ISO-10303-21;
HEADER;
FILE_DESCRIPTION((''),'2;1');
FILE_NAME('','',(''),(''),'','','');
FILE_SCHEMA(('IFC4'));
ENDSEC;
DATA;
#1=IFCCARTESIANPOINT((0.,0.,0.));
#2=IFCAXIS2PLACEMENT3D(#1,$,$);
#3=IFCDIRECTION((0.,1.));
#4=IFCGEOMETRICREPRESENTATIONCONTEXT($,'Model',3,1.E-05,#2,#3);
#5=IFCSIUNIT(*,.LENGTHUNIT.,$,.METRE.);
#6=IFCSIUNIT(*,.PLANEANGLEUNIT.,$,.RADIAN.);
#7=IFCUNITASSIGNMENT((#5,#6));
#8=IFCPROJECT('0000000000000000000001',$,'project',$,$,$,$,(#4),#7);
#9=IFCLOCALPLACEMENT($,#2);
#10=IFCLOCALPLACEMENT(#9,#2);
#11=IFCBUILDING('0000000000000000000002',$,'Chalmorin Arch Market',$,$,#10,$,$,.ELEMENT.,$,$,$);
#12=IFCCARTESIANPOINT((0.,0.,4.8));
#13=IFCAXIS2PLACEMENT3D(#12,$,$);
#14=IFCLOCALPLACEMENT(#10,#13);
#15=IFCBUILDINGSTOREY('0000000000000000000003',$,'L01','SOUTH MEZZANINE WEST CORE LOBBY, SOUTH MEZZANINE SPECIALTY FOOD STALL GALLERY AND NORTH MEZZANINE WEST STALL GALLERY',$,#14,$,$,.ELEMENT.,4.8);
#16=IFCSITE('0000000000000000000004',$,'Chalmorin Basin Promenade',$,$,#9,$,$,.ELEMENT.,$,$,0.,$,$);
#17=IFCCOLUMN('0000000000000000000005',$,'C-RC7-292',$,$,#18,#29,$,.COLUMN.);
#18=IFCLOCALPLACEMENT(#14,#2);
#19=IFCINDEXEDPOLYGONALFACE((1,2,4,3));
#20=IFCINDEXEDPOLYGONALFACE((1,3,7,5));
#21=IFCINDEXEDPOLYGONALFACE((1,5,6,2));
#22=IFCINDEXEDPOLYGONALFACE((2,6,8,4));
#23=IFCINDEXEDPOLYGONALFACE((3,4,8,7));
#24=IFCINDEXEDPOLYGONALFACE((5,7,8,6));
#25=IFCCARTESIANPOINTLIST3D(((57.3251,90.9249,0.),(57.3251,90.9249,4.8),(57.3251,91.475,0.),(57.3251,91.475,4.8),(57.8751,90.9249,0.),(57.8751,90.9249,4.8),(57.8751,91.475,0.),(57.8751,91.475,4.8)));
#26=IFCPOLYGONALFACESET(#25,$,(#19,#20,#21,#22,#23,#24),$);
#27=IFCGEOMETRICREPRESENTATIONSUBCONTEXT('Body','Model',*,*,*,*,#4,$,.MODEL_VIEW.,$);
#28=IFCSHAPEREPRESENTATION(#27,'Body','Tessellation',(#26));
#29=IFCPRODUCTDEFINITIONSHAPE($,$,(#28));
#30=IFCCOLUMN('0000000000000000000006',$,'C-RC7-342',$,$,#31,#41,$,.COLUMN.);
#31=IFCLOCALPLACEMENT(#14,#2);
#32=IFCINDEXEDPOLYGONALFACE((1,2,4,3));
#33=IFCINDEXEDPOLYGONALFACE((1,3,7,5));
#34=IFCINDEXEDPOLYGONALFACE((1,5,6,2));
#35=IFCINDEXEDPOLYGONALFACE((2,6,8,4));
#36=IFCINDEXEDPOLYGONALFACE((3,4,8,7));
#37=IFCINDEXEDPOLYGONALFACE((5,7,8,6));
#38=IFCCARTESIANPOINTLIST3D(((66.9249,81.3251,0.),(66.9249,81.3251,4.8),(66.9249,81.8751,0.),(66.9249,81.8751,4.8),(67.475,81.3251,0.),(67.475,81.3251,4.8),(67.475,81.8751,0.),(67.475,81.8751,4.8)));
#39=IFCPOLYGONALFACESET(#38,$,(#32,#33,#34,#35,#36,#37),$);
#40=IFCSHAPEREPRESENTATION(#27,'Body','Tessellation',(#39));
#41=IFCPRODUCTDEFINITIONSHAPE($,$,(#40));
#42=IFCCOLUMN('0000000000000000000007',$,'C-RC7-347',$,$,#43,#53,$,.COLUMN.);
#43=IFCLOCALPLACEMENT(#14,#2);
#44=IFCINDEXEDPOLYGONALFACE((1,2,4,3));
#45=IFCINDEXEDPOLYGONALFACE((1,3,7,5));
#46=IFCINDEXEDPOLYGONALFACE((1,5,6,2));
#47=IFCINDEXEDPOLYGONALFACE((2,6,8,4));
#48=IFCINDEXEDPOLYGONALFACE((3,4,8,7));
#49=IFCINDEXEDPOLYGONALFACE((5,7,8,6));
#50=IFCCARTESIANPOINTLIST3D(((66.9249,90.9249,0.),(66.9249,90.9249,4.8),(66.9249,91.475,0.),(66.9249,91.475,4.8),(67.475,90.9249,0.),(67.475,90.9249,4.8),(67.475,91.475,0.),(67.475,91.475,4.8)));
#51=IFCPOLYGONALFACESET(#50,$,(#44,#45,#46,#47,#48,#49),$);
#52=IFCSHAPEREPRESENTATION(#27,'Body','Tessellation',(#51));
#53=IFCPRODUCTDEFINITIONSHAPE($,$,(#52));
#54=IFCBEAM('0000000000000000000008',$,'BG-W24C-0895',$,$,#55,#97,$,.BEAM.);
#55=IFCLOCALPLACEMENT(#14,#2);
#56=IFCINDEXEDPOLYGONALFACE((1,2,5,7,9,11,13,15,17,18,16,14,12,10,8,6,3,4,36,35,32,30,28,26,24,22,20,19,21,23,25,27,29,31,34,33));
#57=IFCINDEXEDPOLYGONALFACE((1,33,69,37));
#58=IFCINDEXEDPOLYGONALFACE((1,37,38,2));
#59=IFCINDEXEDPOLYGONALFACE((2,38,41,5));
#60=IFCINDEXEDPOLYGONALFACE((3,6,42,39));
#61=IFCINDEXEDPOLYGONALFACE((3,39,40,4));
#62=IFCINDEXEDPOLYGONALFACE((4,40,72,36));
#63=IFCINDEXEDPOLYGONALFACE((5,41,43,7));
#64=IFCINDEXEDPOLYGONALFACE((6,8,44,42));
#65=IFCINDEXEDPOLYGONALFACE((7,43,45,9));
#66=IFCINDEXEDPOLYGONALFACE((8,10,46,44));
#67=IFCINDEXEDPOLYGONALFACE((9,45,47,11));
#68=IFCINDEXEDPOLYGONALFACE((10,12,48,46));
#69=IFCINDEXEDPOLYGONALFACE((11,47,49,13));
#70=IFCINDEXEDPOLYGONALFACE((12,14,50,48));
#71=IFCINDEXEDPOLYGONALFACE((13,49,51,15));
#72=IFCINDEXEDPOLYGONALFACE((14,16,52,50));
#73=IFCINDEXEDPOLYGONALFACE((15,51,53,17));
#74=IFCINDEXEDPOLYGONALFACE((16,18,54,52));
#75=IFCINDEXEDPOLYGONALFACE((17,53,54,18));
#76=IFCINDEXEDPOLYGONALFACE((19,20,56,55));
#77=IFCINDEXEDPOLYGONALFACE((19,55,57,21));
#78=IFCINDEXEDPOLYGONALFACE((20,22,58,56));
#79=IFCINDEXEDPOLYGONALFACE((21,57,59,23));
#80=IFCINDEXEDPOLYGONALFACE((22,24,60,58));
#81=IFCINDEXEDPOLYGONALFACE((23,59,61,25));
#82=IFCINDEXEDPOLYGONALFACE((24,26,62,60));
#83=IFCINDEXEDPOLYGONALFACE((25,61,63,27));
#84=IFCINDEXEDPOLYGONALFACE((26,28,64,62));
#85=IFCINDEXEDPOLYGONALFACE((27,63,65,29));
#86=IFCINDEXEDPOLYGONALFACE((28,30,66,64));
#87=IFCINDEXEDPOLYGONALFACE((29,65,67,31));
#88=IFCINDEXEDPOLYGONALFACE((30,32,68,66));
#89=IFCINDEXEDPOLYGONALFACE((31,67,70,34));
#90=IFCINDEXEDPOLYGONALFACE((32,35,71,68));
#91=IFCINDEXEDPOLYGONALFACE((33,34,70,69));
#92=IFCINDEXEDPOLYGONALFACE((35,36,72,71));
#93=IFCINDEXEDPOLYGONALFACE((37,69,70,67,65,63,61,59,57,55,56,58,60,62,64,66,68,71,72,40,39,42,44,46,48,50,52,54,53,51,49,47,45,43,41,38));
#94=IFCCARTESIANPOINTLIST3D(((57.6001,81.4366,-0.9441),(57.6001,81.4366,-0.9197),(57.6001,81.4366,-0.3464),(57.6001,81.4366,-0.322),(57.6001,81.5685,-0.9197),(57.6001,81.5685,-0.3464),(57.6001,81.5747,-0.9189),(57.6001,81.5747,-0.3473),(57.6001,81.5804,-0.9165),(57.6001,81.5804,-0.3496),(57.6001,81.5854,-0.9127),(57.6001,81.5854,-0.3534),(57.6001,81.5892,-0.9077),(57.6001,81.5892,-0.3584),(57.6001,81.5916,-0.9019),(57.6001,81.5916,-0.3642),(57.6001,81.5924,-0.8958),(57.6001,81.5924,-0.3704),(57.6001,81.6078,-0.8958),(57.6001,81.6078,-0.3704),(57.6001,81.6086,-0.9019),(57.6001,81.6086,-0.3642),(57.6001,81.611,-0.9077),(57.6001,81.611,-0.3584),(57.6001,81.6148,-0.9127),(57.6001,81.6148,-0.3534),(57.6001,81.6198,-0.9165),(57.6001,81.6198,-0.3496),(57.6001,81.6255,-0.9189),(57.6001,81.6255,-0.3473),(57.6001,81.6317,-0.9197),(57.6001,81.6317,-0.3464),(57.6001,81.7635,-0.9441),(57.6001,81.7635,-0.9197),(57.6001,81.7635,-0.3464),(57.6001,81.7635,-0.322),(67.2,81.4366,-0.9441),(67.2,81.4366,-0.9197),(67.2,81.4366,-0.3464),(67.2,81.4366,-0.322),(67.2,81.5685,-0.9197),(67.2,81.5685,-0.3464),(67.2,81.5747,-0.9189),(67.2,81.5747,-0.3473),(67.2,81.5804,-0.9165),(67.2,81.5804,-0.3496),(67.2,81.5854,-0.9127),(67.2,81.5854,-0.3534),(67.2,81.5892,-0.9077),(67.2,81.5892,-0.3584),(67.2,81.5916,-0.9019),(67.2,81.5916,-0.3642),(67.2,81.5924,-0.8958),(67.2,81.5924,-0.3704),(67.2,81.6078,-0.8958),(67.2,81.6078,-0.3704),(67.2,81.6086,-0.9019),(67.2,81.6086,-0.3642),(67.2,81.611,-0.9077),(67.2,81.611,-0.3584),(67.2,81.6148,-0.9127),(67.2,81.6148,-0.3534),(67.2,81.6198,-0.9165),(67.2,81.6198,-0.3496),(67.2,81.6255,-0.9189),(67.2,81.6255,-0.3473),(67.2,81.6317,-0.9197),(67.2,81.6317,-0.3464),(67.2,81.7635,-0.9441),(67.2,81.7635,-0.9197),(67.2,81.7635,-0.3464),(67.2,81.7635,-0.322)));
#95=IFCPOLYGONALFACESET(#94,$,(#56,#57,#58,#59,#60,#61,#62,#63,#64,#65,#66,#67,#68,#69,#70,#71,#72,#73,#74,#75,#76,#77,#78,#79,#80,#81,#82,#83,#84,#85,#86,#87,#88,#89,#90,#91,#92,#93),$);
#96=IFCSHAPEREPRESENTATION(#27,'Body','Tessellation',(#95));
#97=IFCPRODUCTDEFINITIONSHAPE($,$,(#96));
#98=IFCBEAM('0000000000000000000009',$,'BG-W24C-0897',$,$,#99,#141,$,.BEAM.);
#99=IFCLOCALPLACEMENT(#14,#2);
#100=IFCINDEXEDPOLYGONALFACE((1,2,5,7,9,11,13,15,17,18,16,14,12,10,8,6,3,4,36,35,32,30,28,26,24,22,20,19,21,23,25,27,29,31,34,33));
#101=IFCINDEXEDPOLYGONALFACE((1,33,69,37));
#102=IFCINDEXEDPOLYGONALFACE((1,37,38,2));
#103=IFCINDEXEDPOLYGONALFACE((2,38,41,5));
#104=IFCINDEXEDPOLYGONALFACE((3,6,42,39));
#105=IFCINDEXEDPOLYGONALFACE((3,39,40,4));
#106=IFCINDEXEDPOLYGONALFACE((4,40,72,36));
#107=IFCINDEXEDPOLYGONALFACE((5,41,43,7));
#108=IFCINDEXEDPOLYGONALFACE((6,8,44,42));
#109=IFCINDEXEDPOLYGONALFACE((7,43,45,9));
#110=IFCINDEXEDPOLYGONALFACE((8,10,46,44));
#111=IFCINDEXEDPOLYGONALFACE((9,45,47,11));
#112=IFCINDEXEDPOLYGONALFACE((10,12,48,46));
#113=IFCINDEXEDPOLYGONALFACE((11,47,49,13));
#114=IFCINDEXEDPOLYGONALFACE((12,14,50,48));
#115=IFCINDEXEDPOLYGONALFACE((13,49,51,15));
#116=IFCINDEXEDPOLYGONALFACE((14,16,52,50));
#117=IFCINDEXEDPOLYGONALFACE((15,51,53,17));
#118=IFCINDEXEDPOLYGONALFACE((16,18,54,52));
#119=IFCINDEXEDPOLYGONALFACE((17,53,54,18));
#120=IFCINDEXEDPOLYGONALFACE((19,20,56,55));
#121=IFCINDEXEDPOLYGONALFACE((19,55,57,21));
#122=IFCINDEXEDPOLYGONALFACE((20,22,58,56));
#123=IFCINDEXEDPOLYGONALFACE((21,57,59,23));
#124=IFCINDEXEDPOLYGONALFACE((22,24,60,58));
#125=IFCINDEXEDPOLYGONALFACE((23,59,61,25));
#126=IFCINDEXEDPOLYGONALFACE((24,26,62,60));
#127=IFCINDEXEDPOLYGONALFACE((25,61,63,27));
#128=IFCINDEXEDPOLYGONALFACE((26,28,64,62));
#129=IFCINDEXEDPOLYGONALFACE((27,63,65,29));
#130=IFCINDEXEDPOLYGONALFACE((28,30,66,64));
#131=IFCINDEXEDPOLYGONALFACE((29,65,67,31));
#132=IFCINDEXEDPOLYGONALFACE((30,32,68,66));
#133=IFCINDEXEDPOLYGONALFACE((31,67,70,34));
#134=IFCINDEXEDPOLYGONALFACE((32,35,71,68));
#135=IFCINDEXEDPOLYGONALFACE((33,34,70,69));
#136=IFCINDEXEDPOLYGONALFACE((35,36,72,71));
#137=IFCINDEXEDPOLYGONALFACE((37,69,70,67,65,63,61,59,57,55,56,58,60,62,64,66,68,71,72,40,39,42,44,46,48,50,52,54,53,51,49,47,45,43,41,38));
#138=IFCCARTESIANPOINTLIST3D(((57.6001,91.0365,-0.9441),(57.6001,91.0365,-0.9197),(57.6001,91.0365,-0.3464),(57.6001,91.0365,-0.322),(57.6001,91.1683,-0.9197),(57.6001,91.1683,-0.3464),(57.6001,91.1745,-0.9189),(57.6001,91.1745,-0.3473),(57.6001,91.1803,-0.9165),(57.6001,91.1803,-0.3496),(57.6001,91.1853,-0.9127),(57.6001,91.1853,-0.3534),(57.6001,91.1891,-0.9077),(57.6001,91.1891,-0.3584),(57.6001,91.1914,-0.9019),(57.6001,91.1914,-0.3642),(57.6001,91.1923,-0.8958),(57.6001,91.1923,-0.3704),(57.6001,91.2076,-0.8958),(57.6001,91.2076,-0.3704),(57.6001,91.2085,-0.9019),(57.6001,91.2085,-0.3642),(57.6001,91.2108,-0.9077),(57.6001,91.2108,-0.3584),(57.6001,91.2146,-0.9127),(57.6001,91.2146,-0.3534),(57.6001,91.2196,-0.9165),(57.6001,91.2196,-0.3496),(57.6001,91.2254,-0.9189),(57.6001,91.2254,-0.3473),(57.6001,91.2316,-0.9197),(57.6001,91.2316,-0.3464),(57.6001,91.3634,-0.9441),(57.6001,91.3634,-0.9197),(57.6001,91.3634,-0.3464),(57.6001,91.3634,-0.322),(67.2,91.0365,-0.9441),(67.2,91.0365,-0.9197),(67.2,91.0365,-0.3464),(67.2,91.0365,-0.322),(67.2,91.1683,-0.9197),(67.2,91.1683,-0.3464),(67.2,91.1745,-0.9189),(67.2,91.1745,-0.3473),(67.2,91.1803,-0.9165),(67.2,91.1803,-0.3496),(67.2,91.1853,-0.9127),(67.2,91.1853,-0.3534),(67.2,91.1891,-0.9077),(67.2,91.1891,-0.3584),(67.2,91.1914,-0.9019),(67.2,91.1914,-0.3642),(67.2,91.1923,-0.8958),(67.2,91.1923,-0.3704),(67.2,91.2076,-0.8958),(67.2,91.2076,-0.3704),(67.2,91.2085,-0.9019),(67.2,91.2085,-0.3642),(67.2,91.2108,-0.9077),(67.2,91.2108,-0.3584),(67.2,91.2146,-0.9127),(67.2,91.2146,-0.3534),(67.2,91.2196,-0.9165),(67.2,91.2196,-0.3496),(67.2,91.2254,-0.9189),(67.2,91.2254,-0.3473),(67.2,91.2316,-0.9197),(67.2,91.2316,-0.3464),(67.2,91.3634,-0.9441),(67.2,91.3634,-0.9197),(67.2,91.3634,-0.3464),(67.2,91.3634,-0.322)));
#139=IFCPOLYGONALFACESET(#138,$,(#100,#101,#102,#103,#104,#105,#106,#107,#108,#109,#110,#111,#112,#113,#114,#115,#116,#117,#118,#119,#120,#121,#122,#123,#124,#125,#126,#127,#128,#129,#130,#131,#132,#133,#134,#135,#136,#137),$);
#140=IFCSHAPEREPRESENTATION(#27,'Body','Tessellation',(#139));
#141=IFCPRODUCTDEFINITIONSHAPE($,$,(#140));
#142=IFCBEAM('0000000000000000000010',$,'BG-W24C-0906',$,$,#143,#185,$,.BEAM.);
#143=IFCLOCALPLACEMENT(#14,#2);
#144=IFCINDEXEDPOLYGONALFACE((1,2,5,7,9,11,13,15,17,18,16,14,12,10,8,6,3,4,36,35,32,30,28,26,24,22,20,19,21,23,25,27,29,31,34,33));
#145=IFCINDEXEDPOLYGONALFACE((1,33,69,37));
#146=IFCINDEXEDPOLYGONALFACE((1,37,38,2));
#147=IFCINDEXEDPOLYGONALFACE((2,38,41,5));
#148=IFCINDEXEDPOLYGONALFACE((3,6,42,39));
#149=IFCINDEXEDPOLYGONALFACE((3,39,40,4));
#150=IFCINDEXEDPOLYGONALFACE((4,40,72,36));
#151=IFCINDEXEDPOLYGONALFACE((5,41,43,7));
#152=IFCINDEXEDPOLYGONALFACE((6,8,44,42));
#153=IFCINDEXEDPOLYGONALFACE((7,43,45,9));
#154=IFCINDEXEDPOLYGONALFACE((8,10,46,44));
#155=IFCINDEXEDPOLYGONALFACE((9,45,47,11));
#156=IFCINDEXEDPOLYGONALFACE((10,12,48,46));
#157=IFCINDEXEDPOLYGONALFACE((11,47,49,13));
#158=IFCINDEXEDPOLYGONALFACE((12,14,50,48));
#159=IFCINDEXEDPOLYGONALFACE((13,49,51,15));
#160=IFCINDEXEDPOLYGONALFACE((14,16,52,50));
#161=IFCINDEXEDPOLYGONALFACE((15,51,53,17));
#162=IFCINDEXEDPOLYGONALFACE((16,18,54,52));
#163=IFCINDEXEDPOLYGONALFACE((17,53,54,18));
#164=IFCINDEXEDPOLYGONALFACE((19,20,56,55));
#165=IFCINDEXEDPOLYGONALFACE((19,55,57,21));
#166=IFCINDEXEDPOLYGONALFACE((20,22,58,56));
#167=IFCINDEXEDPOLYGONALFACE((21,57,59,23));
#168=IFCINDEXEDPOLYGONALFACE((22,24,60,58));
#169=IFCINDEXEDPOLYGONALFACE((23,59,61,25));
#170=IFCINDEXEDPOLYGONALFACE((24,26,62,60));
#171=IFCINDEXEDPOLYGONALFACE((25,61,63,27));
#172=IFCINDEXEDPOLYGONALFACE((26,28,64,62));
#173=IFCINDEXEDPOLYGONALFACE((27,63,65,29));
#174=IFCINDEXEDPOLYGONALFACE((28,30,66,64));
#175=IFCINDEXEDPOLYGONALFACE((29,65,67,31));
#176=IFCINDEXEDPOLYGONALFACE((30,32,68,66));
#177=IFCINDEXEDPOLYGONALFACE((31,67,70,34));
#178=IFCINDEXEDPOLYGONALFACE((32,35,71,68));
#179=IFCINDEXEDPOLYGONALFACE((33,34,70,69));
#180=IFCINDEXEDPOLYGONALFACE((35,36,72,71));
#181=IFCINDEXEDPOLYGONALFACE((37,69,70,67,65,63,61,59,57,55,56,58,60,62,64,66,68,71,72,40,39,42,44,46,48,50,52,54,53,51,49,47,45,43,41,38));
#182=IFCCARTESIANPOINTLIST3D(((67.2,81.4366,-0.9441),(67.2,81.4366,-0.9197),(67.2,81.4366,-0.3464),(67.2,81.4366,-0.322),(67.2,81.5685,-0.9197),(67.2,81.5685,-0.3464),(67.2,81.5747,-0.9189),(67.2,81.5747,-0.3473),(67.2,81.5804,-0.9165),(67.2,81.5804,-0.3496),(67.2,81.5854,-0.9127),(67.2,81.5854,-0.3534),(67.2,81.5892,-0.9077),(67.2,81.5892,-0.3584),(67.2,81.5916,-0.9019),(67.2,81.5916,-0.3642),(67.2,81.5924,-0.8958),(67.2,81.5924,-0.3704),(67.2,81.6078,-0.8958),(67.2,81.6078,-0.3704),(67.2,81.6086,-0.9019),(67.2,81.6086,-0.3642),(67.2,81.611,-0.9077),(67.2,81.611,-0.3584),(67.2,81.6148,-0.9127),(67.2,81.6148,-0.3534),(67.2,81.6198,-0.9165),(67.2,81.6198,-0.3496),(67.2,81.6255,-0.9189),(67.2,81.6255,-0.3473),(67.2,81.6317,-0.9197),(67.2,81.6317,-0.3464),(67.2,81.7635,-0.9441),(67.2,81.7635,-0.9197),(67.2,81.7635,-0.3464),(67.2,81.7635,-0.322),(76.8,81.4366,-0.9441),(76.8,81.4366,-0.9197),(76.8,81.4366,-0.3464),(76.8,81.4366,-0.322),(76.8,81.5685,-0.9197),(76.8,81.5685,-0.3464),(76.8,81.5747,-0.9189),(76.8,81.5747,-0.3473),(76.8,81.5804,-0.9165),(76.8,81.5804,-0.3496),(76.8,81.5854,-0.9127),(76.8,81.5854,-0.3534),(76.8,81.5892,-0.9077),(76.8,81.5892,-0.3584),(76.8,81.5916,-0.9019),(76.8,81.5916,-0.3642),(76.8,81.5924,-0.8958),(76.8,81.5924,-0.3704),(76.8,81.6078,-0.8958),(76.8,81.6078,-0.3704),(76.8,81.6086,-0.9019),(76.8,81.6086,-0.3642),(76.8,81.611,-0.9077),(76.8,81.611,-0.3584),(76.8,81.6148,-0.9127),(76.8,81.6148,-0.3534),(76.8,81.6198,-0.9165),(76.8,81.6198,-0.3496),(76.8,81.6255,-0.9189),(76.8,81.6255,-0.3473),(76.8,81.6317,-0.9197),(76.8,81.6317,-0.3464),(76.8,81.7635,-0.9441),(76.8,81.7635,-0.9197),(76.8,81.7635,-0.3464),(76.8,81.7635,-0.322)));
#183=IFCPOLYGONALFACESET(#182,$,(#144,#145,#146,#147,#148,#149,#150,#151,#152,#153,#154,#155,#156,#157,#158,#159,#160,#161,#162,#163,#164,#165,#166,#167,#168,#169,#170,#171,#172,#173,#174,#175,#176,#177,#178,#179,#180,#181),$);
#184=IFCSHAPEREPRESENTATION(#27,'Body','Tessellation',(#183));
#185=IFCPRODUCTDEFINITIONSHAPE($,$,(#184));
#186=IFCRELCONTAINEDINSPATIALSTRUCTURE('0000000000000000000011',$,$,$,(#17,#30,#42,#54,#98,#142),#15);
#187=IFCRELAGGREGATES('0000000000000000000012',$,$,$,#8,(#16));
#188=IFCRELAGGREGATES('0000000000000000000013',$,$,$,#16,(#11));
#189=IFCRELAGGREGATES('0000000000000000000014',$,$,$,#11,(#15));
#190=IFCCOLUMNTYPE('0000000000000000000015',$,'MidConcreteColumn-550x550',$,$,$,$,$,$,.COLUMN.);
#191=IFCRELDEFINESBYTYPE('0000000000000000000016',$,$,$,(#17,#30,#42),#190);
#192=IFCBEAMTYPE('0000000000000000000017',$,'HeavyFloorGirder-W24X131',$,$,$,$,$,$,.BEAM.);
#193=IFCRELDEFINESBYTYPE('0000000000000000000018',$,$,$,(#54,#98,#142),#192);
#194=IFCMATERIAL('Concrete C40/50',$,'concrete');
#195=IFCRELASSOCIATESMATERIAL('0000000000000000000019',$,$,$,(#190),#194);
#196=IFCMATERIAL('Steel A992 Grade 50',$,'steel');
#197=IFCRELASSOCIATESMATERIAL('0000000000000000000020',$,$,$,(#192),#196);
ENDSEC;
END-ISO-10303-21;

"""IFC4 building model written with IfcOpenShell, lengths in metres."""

from ifc_helpers import new_model, si_unit, direction, frame, origin, origin_2d, place, context, subcontext, project, spatial, rectangle, i_section, extrude, material, material_profile, profile_set, type_object, element, save


model = new_model("IFC4")

# Units and contexts
model_context = context("Model", 3, precision=1e-05, world=origin(), true_north=direction((0.0, 1.0)))
body_context = subcontext(model_context, "Body", "Model", "MODEL_VIEW")
ifc_project = project(units=[si_unit("LENGTHUNIT", "METRE"), si_unit("PLANEANGLEUNIT", "RADIAN")], contexts=[model_context])

# Site, building, storey
site_placement = place(None, origin())
site = spatial("IfcSite", under=ifc_project, at=site_placement, Name="Chalmorin Basin Promenade", CompositionType="ELEMENT", RefElevation=0.0)
building_placement = place(site_placement, origin())
building = spatial("IfcBuilding", under=site, at=building_placement, Name="Chalmorin Arch Market", CompositionType="ELEMENT")
storey_placement = place(building_placement, frame((0.0, 0.0, 4.8)))
storey = spatial("IfcBuildingStorey", under=building, at=storey_placement, Name="L01", Description="SOUTH MEZZANINE WEST CORE LOBBY, SOUTH MEZZANINE SPECIALTY FOOD STALL GALLERY AND NORTH MEZZANINE WEST STALL GALLERY", CompositionType="ELEMENT", Elevation=4.8)

# Columns
ifc_material_1 = material(Name="Concrete C40/50", Category="concrete")
ifc_material_profile_1 = material_profile(ifc_material_1, rectangle(XDim=0.55, YDim=0.55, at=origin_2d()), Name="RC550X550")
ifc_profile_set_1 = profile_set([ifc_material_profile_1], Name="Concrete C40/50")
column_type = type_object("IfcColumnType", Name="MidConcreteColumn-550x550", PredefinedType="COLUMN", material=ifc_profile_set_1)
for number, where, z_axis, x_axis, name in (
    (1, (57.6001, 91.2, 0.0), (0.0, 0.0, 1.0), (1.0, 0.0, 0.0), "C-RC7-292"),
    (2, (67.2, 81.6001, 0.0), (0.0, 0.0, 1.0), (1.0, 0.0, 0.0), "C-RC7-342"),
    (3, (67.2, 91.2, 0.0), (0.0, 0.0, 1.0), (1.0, 0.0, 0.0), "C-RC7-347"),
):
    element("IfcColumn", number, at=place(storey_placement, frame(where, z_axis=z_axis, x_axis=x_axis)), inside=storey, type_object=column_type, Name=name, PredefinedType="COLUMN", context=body_context, shape_type="SweptSolid", body=[
        extrude(rectangle(XDim=0.55, YDim=0.55, at=origin_2d()), origin(), (0.0, 0.0, 1.0), 4.8),
    ])

# Beams
ifc_material_2 = material(Name="Steel A992 Grade 50", Category="steel")
ifc_material_profile_2 = material_profile(ifc_material_2, i_section(OverallWidth=0.3269, OverallDepth=0.6221, WebThickness=0.0154, FlangeThickness=0.0244, FilletRadius=0.0239, at=origin_2d()), Name="W24X131")
ifc_profile_set_2 = profile_set([ifc_material_profile_2], Name="Steel A992 Grade 50")
beam_type_1 = type_object("IfcBeamType", Name="HeavyFloorGirder-W24X131", PredefinedType="BEAM", material=ifc_profile_set_2)
for number, where, z_axis, x_axis, name in (
    (4, (57.6001, 81.6001, -0.6331), (1.0, 0.0, 0.0), (0.0, 1.0, 0.0), "BG-W24C-0895"),
    (5, (57.6001, 91.2, -0.6331), (1.0, 0.0, 0.0), (0.0, 1.0, 0.0), "BG-W24C-0897"),
):
    element("IfcBeam", number, at=place(storey_placement, frame(where, z_axis=z_axis, x_axis=x_axis)), inside=storey, type_object=beam_type_1, Name=name, PredefinedType="BEAM", context=body_context, shape_type="SweptSolid", body=[
        extrude(i_section(OverallWidth=0.3269, OverallDepth=0.6221, WebThickness=0.0154, FlangeThickness=0.0244, FilletRadius=0.0239, at=origin_2d()), origin(), (0.0, 0.0, 1.0), 9.5999),
    ])
for number, where, z_axis, x_axis, name in (
    (6, (67.2, 81.6001, -0.6331), (1.0, 0.0, 0.0), (0.0, 1.0, 0.0), "BG-W24C-0906"),
):
    element("IfcBeam", number, at=place(storey_placement, frame(where, z_axis=z_axis, x_axis=x_axis)), inside=storey, type_object=beam_type_1, Name=name, PredefinedType="BEAM", context=body_context, shape_type="SweptSolid", body=[
        extrude(i_section(OverallWidth=0.3269, OverallDepth=0.6221, WebThickness=0.0154, FlangeThickness=0.0244, FilletRadius=0.0239, at=origin_2d()), origin(), (0.0, 0.0, 1.0), 9.6001),
    ])

save(model, "model.ifc")
